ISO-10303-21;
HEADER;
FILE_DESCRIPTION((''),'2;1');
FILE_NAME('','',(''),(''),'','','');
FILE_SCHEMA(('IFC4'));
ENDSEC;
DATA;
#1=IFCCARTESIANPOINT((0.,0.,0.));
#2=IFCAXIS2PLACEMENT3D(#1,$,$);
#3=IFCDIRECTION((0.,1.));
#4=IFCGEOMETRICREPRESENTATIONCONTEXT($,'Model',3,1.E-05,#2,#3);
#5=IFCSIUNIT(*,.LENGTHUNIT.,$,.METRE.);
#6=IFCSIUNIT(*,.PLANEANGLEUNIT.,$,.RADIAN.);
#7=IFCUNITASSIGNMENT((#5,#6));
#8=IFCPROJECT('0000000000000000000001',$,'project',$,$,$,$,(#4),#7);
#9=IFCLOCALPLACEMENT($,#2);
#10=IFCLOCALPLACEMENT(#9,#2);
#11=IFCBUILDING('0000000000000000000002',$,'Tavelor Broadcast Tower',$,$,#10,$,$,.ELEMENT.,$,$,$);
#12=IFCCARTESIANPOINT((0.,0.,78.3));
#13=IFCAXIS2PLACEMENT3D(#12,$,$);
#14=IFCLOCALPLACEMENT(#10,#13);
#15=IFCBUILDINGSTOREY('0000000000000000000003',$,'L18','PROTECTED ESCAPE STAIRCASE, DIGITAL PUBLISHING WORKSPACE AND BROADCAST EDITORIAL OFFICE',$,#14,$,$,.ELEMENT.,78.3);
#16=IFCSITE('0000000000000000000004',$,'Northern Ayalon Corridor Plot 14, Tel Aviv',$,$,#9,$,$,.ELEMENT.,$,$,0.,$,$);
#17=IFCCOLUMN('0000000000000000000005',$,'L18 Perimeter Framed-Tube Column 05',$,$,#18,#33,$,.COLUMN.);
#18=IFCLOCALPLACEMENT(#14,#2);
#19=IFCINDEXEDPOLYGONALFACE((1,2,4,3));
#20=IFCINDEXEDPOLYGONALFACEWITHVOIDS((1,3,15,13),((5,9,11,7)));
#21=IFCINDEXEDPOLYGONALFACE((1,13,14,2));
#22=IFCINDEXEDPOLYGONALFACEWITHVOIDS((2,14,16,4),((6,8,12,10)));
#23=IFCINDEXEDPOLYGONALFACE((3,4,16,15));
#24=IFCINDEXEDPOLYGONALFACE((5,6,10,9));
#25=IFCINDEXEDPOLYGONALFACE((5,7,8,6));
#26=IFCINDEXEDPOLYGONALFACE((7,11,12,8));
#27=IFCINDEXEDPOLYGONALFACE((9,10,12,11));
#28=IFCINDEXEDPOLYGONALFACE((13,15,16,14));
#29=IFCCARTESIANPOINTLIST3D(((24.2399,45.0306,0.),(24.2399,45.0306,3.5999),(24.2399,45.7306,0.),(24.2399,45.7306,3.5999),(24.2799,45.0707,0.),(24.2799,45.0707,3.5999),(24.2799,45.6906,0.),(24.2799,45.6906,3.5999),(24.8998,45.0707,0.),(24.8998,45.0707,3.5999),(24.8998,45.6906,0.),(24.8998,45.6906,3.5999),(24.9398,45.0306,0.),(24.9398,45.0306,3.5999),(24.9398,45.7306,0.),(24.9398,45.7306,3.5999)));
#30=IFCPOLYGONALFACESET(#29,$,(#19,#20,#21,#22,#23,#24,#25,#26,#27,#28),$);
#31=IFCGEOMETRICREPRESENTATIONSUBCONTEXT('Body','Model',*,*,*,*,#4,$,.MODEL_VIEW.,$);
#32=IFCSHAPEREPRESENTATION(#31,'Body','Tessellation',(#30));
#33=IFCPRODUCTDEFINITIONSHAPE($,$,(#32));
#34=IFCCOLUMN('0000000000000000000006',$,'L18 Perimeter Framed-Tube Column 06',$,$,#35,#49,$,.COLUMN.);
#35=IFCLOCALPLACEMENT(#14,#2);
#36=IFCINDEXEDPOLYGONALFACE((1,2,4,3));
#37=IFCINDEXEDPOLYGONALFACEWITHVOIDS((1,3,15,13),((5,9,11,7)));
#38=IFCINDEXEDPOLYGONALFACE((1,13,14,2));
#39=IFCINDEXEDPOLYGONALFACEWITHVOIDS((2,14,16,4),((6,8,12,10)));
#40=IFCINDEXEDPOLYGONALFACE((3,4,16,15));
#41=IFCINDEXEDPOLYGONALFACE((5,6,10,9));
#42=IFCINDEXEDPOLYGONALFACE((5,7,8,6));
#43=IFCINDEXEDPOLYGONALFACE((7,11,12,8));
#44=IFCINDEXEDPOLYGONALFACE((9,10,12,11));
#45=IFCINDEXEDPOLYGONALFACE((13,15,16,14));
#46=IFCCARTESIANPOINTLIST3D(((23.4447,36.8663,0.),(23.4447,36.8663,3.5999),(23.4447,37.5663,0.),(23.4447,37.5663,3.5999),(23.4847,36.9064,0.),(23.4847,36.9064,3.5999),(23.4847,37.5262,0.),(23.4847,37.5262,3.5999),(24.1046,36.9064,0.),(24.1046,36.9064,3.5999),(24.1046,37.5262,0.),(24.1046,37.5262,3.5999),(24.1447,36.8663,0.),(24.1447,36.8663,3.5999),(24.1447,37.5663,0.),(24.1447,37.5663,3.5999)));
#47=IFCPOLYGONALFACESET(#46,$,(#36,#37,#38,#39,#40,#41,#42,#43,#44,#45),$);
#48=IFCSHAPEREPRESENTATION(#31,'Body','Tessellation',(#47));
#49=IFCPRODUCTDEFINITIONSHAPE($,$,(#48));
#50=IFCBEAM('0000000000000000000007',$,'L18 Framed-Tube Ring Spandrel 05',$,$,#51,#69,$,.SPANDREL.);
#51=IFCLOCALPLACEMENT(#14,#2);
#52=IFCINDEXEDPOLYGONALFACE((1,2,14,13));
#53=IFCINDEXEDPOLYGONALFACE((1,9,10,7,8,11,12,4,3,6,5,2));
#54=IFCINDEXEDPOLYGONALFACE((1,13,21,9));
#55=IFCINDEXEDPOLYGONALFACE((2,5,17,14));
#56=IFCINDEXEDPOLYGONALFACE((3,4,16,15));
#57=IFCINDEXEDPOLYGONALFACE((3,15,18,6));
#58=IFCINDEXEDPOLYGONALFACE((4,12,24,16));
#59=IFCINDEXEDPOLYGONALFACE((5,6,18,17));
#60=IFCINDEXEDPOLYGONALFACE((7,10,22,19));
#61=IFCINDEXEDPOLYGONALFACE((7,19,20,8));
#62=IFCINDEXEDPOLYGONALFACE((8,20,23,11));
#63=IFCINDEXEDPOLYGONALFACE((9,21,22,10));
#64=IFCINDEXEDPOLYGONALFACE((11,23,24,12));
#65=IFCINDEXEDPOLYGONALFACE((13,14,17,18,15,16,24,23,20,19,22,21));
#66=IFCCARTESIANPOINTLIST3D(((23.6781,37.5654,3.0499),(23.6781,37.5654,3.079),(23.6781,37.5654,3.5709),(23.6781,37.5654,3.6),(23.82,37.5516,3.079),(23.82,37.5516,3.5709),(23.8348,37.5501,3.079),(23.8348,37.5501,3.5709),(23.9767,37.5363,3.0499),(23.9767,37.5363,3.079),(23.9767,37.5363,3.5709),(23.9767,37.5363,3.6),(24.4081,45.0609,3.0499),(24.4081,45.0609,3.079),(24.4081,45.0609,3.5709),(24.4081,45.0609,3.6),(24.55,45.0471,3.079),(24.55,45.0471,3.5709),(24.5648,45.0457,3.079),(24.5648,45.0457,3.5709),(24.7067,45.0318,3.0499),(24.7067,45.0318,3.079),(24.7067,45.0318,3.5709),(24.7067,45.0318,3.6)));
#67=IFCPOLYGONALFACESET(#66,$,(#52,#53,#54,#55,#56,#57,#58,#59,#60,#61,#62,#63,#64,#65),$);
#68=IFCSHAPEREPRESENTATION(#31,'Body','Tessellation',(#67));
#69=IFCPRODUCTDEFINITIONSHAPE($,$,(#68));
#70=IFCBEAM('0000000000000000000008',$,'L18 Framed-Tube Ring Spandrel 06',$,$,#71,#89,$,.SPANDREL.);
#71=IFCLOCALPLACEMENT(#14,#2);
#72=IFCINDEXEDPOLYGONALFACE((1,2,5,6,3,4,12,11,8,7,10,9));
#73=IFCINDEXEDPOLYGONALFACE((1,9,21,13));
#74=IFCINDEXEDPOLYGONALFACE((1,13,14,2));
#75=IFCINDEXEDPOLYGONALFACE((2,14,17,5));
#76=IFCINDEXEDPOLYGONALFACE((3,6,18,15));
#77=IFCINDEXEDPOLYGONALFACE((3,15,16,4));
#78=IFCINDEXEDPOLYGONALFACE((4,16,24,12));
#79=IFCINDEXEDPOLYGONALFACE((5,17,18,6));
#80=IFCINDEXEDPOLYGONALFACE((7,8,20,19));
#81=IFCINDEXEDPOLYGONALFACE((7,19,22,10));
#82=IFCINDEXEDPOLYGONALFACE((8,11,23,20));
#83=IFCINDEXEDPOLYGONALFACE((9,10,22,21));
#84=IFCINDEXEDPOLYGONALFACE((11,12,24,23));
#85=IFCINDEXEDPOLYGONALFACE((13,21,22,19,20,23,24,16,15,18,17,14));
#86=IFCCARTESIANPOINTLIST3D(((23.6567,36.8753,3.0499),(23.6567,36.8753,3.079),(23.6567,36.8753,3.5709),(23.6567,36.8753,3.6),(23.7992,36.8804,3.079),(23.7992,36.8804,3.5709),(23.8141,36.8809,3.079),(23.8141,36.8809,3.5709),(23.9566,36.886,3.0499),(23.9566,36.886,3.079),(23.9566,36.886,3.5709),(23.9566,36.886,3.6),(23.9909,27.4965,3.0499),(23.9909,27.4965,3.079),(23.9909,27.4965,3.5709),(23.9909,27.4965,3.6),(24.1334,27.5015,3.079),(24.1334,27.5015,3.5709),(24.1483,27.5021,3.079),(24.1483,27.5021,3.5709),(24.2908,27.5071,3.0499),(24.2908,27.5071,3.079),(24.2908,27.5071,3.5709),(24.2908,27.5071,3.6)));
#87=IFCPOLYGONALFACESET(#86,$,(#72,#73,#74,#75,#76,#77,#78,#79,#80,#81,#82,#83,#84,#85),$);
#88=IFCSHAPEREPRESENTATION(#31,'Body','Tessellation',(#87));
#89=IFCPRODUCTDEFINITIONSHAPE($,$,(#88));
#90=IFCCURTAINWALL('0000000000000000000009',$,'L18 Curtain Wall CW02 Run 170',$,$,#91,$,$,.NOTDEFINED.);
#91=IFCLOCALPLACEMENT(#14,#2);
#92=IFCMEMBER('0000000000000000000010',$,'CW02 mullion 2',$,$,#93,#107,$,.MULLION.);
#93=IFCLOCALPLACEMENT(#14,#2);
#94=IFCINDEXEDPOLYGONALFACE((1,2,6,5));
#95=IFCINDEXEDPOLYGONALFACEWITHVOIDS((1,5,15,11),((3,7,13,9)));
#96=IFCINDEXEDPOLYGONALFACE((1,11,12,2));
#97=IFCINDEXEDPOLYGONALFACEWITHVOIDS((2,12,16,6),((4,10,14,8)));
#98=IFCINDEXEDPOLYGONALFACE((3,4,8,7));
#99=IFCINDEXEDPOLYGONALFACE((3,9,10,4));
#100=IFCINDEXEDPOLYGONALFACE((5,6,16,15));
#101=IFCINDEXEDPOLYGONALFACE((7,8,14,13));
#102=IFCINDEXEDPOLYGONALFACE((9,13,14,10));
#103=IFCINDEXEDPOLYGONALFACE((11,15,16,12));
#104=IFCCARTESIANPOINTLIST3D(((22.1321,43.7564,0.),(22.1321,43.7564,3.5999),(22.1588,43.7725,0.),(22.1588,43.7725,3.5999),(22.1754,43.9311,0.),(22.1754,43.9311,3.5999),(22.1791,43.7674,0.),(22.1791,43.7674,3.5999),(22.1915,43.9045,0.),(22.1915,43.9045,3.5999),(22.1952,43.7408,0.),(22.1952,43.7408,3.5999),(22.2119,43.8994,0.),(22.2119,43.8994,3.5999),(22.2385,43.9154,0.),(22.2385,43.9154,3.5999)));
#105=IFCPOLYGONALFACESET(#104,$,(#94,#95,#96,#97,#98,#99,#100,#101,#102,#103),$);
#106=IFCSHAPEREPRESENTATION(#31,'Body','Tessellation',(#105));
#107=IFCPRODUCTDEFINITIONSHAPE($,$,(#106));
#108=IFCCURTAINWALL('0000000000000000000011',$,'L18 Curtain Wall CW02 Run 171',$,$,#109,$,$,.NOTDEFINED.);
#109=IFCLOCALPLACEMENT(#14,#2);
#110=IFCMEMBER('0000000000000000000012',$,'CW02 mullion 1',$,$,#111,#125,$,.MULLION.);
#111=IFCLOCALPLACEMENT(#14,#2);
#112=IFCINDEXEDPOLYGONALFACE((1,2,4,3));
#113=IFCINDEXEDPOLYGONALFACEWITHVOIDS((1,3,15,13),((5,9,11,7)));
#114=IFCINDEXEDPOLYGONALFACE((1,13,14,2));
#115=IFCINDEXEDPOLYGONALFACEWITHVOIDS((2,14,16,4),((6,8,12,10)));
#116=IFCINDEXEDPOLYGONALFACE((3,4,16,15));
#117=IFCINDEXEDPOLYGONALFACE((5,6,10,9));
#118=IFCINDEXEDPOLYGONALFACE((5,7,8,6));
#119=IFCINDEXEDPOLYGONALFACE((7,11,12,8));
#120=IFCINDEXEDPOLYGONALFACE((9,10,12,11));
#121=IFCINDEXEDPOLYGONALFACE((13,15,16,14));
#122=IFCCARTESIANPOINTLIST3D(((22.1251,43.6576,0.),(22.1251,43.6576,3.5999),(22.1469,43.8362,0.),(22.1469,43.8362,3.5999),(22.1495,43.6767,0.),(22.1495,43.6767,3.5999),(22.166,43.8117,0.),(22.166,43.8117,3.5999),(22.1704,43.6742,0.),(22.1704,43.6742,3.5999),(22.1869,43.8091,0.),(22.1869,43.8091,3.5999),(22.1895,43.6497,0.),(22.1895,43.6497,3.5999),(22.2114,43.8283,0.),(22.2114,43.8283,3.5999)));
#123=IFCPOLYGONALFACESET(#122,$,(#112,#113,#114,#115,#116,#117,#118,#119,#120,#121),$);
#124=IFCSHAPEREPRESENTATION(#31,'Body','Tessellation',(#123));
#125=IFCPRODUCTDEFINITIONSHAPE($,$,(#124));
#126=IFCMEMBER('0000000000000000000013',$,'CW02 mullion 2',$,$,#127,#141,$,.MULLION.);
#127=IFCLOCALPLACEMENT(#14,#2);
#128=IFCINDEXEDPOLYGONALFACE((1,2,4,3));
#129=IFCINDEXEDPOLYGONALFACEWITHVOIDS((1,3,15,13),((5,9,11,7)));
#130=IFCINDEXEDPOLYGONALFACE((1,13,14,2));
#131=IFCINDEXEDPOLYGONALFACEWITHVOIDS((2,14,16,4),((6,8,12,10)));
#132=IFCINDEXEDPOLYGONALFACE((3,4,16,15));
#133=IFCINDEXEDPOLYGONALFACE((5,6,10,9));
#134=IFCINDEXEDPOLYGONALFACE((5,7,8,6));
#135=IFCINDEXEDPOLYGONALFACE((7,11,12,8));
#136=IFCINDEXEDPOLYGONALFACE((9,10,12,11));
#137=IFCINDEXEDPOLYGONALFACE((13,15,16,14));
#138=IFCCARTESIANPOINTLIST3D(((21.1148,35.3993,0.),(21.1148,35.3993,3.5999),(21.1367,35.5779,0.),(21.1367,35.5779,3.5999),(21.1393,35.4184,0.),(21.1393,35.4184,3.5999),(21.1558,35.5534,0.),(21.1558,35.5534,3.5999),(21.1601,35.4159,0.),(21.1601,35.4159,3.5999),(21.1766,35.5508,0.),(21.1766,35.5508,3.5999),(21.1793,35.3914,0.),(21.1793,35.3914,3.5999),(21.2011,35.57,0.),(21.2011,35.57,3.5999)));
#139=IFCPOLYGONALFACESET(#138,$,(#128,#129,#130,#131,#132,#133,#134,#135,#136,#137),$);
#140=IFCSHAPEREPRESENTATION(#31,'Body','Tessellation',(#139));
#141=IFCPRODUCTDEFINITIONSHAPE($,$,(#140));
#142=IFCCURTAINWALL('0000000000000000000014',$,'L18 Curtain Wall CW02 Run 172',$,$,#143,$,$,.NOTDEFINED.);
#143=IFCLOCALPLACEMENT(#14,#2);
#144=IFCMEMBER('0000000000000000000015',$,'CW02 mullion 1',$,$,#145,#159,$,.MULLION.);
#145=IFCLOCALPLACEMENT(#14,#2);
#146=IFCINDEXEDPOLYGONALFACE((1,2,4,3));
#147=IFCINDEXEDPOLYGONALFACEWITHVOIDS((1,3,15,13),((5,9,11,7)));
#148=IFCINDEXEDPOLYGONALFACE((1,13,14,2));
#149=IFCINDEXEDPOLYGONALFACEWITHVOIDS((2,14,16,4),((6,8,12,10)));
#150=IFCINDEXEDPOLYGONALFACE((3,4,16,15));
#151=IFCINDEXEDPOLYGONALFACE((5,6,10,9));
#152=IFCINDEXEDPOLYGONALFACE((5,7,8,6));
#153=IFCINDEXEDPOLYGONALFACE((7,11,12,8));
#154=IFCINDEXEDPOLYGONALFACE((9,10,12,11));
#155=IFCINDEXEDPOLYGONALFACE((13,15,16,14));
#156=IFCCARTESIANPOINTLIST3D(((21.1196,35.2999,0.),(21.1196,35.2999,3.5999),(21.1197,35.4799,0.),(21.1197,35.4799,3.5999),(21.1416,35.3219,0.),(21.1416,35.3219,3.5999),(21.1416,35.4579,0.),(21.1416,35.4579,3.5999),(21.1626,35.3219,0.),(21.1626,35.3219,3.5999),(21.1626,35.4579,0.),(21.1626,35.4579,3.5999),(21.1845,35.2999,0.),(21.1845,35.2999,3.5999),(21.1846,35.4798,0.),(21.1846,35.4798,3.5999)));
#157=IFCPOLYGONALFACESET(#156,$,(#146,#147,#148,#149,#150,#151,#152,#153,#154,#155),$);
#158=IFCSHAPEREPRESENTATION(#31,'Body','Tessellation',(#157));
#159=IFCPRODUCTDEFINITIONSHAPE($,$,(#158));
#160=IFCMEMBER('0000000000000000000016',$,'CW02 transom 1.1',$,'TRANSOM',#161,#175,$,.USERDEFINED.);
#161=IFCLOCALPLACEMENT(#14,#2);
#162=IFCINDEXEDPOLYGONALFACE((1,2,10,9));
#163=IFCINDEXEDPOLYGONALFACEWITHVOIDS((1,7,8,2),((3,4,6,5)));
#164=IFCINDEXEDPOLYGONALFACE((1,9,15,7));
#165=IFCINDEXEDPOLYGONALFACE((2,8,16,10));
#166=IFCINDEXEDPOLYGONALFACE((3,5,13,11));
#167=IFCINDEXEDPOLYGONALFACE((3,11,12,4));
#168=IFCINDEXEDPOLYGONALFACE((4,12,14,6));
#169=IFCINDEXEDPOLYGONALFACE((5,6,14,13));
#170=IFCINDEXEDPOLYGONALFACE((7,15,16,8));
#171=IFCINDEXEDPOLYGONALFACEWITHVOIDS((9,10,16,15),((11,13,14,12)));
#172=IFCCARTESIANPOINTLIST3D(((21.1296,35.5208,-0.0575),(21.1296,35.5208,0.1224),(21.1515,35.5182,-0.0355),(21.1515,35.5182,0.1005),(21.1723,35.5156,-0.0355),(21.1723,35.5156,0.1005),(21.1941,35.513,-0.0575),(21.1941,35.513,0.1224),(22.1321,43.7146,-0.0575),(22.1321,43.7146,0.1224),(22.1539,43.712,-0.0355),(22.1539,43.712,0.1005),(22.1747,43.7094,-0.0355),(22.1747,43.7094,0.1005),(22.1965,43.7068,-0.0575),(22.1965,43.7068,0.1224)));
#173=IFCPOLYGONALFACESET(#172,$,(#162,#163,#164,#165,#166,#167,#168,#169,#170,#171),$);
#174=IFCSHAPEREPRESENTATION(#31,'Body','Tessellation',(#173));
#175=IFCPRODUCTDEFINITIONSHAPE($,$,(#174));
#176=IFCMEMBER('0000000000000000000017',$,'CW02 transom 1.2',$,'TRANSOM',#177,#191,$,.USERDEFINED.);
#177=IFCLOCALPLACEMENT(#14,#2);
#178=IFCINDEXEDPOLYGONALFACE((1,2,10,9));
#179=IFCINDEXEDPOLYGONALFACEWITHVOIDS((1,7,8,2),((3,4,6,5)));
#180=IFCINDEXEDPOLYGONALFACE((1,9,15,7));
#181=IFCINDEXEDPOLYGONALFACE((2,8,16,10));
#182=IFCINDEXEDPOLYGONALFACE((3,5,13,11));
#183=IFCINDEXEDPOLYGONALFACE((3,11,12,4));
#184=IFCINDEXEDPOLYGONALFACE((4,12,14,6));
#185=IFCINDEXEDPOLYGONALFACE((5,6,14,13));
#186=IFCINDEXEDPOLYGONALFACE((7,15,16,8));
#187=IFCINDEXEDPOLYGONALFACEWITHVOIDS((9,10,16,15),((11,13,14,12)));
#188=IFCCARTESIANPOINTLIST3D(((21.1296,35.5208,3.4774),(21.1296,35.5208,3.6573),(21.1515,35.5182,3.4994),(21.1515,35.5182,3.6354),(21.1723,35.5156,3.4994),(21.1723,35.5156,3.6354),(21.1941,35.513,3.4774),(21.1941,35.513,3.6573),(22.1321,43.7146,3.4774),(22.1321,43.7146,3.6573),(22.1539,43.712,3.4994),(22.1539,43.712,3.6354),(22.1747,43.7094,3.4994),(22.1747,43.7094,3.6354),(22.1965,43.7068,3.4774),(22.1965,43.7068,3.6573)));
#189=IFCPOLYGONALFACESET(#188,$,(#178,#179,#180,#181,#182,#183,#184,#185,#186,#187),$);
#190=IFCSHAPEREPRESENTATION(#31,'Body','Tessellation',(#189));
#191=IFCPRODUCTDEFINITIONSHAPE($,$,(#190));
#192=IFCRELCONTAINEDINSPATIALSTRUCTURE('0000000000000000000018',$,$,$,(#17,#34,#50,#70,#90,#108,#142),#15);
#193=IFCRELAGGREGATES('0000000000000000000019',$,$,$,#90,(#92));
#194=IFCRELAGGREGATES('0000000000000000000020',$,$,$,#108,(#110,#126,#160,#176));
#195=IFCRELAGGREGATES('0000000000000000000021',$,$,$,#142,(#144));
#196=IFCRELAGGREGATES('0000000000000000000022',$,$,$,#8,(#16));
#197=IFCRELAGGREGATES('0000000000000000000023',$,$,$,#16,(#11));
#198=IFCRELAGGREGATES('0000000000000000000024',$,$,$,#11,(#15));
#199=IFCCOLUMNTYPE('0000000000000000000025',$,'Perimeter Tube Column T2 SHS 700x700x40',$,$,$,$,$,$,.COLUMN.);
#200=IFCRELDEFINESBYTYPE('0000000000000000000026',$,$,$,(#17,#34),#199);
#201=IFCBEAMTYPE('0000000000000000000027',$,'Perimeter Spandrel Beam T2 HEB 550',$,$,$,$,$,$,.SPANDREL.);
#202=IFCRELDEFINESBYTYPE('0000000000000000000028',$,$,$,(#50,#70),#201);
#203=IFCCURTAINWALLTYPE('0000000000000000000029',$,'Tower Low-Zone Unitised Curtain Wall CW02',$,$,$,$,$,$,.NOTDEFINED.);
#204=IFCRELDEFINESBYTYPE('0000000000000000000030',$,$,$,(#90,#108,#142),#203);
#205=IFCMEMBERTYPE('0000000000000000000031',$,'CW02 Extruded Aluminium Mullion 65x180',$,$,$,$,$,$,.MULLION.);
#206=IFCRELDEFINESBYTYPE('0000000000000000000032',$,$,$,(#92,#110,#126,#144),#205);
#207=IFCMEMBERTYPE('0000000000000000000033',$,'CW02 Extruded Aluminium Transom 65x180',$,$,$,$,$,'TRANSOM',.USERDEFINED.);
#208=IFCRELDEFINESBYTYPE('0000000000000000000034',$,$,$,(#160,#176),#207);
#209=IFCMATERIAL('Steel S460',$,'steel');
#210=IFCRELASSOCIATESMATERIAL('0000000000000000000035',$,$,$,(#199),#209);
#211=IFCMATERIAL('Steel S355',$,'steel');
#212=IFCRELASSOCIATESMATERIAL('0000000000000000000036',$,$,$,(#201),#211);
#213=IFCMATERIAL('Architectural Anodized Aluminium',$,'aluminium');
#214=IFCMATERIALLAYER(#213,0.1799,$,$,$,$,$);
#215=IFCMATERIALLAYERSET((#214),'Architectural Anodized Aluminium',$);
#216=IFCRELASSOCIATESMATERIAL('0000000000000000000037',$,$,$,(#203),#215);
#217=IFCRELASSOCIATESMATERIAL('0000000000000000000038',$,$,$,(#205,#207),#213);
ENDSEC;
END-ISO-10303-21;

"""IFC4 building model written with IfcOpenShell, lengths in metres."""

from ifc_helpers import new_model, si_unit, direction, frame, origin, origin_2d, place, context, subcontext, project, spatial, hollow_rectangle, i_section, extrude, source, transform, mapped, material, layer, layer_set, material_profile, profile_set, type_object, type_shapes, element, aggregate, save


model = new_model("IFC4")

# Units and contexts
model_context = context("Model", 3, precision=1e-05, world=origin(), true_north=direction((0.0, 1.0)))
body_context = subcontext(model_context, "Body", "Model", "MODEL_VIEW")
ifc_project = project(units=[si_unit("LENGTHUNIT", "METRE"), si_unit("PLANEANGLEUNIT", "RADIAN")], contexts=[model_context])

# Site, building, storey
site_placement = place(None, origin())
site = spatial("IfcSite", under=ifc_project, at=site_placement, Name="Northern Ayalon Corridor Plot 14, Tel Aviv", CompositionType="ELEMENT", RefElevation=0.0)
building_placement = place(site_placement, origin())
building = spatial("IfcBuilding", under=site, at=building_placement, Name="Tavelor Broadcast Tower", CompositionType="ELEMENT")
storey_placement = place(building_placement, frame((0.0, 0.0, 78.3)))
storey = spatial("IfcBuildingStorey", under=building, at=storey_placement, Name="L18", Description="PROTECTED ESCAPE STAIRCASE, DIGITAL PUBLISHING WORKSPACE AND BROADCAST EDITORIAL OFFICE", CompositionType="ELEMENT", Elevation=78.3)

# Columns
ifc_material_1 = material(Name="Steel S460", Category="steel")
ifc_material_profile_1 = material_profile(ifc_material_1, hollow_rectangle(XDim=0.7, YDim=0.7, WallThickness=0.04, at=origin_2d()), Name="SHS 700x700x40")
ifc_profile_set_1 = profile_set([ifc_material_profile_1], Name="Steel S460")
column_type = type_object("IfcColumnType", Name="Perimeter Tube Column T2 SHS 700x700x40", PredefinedType="COLUMN", material=ifc_profile_set_1)
for number, where, z_axis, x_axis, name in (
    (1, (24.5898, 45.3806, 0.0), (0.0, 0.0, 1.0), (1.0, 0.0, 0.0), "L18 Perimeter Framed-Tube Column 05"),
    (2, (23.7947, 37.2163, 0.0), (0.0, 0.0, 1.0), (1.0, 0.0, 0.0), "L18 Perimeter Framed-Tube Column 06"),
):
    element("IfcColumn", number, at=place(storey_placement, frame(where, z_axis=z_axis, x_axis=x_axis)), inside=storey, type_object=column_type, Name=name, PredefinedType="COLUMN", context=body_context, shape_type="SweptSolid", body=[
        extrude(hollow_rectangle(XDim=0.7, YDim=0.7, WallThickness=0.04, at=origin_2d()), origin(), (0.0, 0.0, 1.0), 3.5999),
    ])

# Beams
ifc_material_2 = material(Name="Steel S355", Category="steel")
ifc_material_profile_2 = material_profile(ifc_material_2, i_section(OverallWidth=0.3, OverallDepth=0.55, WebThickness=0.0149, FlangeThickness=0.0291, at=origin_2d()), Name="HEB 550")
ifc_profile_set_2 = profile_set([ifc_material_profile_2], Name="Steel S355")
beam_type = type_object("IfcBeamType", Name="Perimeter Spandrel Beam T2 HEB 550", PredefinedType="SPANDREL", material=ifc_profile_set_2)
beam_1_placement = place(storey_placement, frame((24.5574, 45.0464, 3.325), z_axis=(-0.096929, -0.995291, 0.0), x_axis=(0.995291, -0.096929, 0.0)))
element("IfcBeam", 3, at=beam_1_placement, inside=storey, type_object=beam_type, Name="L18 Framed-Tube Ring Spandrel 05", PredefinedType="SPANDREL", context=body_context, shape_type="SweptSolid", body=[
    extrude(i_section(OverallWidth=0.3, OverallDepth=0.55, WebThickness=0.0149, FlangeThickness=0.0291, at=origin_2d()), origin(), (0.0, 0.0, 1.0), 7.531),
])
beam_2_placement = place(storey_placement, frame((23.8066, 36.8806, 3.325), z_axis=(0.035614, -0.999366, 0.0), x_axis=(0.999366, 0.035614, 0.0)))
element("IfcBeam", 4, at=beam_2_placement, inside=storey, type_object=beam_type, Name="L18 Framed-Tube Ring Spandrel 06", PredefinedType="SPANDREL", context=body_context, shape_type="SweptSolid", body=[
    extrude(i_section(OverallWidth=0.3, OverallDepth=0.55, WebThickness=0.0149, FlangeThickness=0.0291, at=origin_2d()), origin(), (0.0, 0.0, 1.0), 9.3848),
])

# Curtain wall, member
ifc_material_3 = material(Name="Architectural Anodized Aluminium", Category="aluminium")
ifc_layer_1 = layer(ifc_material_3, 0.1799)
ifc_layer_set_1 = layer_set([ifc_layer_1], Name="Architectural Anodized Aluminium")
curtain_wall_type = type_object("IfcCurtainWallType", Name="Tower Low-Zone Unitised Curtain Wall CW02", PredefinedType="NOTDEFINED", material=ifc_layer_set_1)
curtain_wall_1_placement = place(storey_placement, origin())
curtain_wall_1 = element("IfcCurtainWall", 5, at=curtain_wall_1_placement, inside=storey, type_object=curtain_wall_type, Name="L18 Curtain Wall CW02 Run 170", PredefinedType="NOTDEFINED")
ifc_material_profile_3 = material_profile(ifc_material_3, hollow_rectangle(XDim=0.0649, YDim=0.1799, WallThickness=0.022, at=origin_2d()), Name="RHS 65x180x22")
ifc_profile_set_3 = profile_set([ifc_material_profile_3], Name="Architectural Anodized Aluminium")
member_type_1 = type_object("IfcMemberType", Name="CW02 Extruded Aluminium Mullion 65x180", PredefinedType="MULLION", material=ifc_profile_set_3)
shared_shape_1 = source(origin(), body_context, "Body", "SweptSolid", [
    extrude(hollow_rectangle(XDim=0.0649, YDim=0.1799, WallThickness=0.022, at=origin_2d()), origin(), (0.0, 0.0, 1.0), 3.5999),
])
type_shapes(member_type_1, [shared_shape_1])
member_1_placement = place(storey_placement, frame((22.1853, 43.8359, 0.0), z_axis=(0.0, 0.0, 1.0), x_axis=(0.970611, -0.240652, 0.0)))
member_1 = element("IfcMember", 6, at=member_1_placement, type_object=member_type_1, Name="CW02 mullion 2", PredefinedType="MULLION", context=body_context, shape_type="MappedRepresentation", body=[
    mapped(shared_shape_1, transform((0.0, 0.0, 0.0), scale=1.0)),
])

# Curtain wall, members
curtain_wall_2_placement = place(storey_placement, origin())
curtain_wall_2 = element("IfcCurtainWall", 7, at=curtain_wall_2_placement, inside=storey, type_object=curtain_wall_type, Name="L18 Curtain Wall CW02 Run 171", PredefinedType="NOTDEFINED")
member_2_placement = place(storey_placement, frame((22.1682, 43.7429, 0.0), z_axis=(0.0, 0.0, 1.0), x_axis=(0.992601, -0.121422, 0.0)))
member_2 = element("IfcMember", 8, at=member_2_placement, type_object=member_type_1, Name="CW02 mullion 1", PredefinedType="MULLION", context=body_context, shape_type="MappedRepresentation", body=[
    mapped(shared_shape_1, transform((0.0, 0.0, 0.0), scale=1.0)),
])
member_3_placement = place(storey_placement, frame((21.158, 35.4846, 0.0), z_axis=(0.0, 0.0, 1.0), x_axis=(0.992601, -0.121422, 0.0)))
member_3 = element("IfcMember", 9, at=member_3_placement, type_object=member_type_1, Name="CW02 mullion 2", PredefinedType="MULLION", context=body_context, shape_type="MappedRepresentation", body=[
    mapped(shared_shape_1, transform((0.0, 0.0, 0.0), scale=1.0)),
])

# Curtain wall, member
curtain_wall_3_placement = place(storey_placement, origin())
curtain_wall_3 = element("IfcCurtainWall", 10, at=curtain_wall_3_placement, inside=storey, type_object=curtain_wall_type, Name="L18 Curtain Wall CW02 Run 172", PredefinedType="NOTDEFINED")
member_4_placement = place(storey_placement, frame((21.1521, 35.3899, 0.0), z_axis=(0.0, 0.0, 1.0), x_axis=(1.0, -0.000405, 0.0)))
member_4 = element("IfcMember", 11, at=member_4_placement, type_object=member_type_1, Name="CW02 mullion 1", PredefinedType="MULLION", context=body_context, shape_type="MappedRepresentation", body=[
    mapped(shared_shape_1, transform((0.0, 0.0, 0.0), scale=1.0)),
])

# Members
ifc_material_profile_4 = material_profile(ifc_material_3, hollow_rectangle(XDim=0.0649, YDim=0.1799, WallThickness=0.022, at=origin_2d()), Name="RHS 65x180x22")
ifc_profile_set_4 = profile_set([ifc_material_profile_4], Name="Architectural Anodized Aluminium")
member_type_2 = type_object("IfcMemberType", Name="CW02 Extruded Aluminium Transom 65x180", ElementType="TRANSOM", PredefinedType="USERDEFINED", material=ifc_profile_set_4)
shared_shape_2 = source(origin(), body_context, "Body", "SweptSolid", [
    extrude(hollow_rectangle(XDim=0.0649, YDim=0.1799, WallThickness=0.022, at=origin_2d()), origin(), (0.0, 0.0, 1.0), 8.2549),
])
member_5_placement = place(storey_placement, frame((22.1643, 43.7107, 0.0325), z_axis=(-0.121435, -0.992599, 0.0), x_axis=(0.992599, -0.121435, 0.0)))
member_5 = element("IfcMember", 12, at=member_5_placement, type_object=member_type_2, Name="CW02 transom 1.1", ObjectType="TRANSOM", PredefinedType="USERDEFINED", context=body_context, shape_type="MappedRepresentation", body=[
    mapped(shared_shape_2, transform((0.0, 0.0, 0.0), scale=1.0)),
])
member_6_placement = place(storey_placement, frame((22.1643, 43.7107, 3.5674), z_axis=(-0.121435, -0.992599, 0.0), x_axis=(0.992599, -0.121435, 0.0)))
member_6 = element("IfcMember", 13, at=member_6_placement, type_object=member_type_2, Name="CW02 transom 1.2", ObjectType="TRANSOM", PredefinedType="USERDEFINED", context=body_context, shape_type="MappedRepresentation", body=[
    mapped(shared_shape_2, transform((0.0, 0.0, 0.0), scale=1.0)),
])

aggregate(curtain_wall_1, [member_1])
aggregate(curtain_wall_2, [member_2, member_3, member_5, member_6])
aggregate(curtain_wall_3, [member_4])

save(model, "model.ifc")
